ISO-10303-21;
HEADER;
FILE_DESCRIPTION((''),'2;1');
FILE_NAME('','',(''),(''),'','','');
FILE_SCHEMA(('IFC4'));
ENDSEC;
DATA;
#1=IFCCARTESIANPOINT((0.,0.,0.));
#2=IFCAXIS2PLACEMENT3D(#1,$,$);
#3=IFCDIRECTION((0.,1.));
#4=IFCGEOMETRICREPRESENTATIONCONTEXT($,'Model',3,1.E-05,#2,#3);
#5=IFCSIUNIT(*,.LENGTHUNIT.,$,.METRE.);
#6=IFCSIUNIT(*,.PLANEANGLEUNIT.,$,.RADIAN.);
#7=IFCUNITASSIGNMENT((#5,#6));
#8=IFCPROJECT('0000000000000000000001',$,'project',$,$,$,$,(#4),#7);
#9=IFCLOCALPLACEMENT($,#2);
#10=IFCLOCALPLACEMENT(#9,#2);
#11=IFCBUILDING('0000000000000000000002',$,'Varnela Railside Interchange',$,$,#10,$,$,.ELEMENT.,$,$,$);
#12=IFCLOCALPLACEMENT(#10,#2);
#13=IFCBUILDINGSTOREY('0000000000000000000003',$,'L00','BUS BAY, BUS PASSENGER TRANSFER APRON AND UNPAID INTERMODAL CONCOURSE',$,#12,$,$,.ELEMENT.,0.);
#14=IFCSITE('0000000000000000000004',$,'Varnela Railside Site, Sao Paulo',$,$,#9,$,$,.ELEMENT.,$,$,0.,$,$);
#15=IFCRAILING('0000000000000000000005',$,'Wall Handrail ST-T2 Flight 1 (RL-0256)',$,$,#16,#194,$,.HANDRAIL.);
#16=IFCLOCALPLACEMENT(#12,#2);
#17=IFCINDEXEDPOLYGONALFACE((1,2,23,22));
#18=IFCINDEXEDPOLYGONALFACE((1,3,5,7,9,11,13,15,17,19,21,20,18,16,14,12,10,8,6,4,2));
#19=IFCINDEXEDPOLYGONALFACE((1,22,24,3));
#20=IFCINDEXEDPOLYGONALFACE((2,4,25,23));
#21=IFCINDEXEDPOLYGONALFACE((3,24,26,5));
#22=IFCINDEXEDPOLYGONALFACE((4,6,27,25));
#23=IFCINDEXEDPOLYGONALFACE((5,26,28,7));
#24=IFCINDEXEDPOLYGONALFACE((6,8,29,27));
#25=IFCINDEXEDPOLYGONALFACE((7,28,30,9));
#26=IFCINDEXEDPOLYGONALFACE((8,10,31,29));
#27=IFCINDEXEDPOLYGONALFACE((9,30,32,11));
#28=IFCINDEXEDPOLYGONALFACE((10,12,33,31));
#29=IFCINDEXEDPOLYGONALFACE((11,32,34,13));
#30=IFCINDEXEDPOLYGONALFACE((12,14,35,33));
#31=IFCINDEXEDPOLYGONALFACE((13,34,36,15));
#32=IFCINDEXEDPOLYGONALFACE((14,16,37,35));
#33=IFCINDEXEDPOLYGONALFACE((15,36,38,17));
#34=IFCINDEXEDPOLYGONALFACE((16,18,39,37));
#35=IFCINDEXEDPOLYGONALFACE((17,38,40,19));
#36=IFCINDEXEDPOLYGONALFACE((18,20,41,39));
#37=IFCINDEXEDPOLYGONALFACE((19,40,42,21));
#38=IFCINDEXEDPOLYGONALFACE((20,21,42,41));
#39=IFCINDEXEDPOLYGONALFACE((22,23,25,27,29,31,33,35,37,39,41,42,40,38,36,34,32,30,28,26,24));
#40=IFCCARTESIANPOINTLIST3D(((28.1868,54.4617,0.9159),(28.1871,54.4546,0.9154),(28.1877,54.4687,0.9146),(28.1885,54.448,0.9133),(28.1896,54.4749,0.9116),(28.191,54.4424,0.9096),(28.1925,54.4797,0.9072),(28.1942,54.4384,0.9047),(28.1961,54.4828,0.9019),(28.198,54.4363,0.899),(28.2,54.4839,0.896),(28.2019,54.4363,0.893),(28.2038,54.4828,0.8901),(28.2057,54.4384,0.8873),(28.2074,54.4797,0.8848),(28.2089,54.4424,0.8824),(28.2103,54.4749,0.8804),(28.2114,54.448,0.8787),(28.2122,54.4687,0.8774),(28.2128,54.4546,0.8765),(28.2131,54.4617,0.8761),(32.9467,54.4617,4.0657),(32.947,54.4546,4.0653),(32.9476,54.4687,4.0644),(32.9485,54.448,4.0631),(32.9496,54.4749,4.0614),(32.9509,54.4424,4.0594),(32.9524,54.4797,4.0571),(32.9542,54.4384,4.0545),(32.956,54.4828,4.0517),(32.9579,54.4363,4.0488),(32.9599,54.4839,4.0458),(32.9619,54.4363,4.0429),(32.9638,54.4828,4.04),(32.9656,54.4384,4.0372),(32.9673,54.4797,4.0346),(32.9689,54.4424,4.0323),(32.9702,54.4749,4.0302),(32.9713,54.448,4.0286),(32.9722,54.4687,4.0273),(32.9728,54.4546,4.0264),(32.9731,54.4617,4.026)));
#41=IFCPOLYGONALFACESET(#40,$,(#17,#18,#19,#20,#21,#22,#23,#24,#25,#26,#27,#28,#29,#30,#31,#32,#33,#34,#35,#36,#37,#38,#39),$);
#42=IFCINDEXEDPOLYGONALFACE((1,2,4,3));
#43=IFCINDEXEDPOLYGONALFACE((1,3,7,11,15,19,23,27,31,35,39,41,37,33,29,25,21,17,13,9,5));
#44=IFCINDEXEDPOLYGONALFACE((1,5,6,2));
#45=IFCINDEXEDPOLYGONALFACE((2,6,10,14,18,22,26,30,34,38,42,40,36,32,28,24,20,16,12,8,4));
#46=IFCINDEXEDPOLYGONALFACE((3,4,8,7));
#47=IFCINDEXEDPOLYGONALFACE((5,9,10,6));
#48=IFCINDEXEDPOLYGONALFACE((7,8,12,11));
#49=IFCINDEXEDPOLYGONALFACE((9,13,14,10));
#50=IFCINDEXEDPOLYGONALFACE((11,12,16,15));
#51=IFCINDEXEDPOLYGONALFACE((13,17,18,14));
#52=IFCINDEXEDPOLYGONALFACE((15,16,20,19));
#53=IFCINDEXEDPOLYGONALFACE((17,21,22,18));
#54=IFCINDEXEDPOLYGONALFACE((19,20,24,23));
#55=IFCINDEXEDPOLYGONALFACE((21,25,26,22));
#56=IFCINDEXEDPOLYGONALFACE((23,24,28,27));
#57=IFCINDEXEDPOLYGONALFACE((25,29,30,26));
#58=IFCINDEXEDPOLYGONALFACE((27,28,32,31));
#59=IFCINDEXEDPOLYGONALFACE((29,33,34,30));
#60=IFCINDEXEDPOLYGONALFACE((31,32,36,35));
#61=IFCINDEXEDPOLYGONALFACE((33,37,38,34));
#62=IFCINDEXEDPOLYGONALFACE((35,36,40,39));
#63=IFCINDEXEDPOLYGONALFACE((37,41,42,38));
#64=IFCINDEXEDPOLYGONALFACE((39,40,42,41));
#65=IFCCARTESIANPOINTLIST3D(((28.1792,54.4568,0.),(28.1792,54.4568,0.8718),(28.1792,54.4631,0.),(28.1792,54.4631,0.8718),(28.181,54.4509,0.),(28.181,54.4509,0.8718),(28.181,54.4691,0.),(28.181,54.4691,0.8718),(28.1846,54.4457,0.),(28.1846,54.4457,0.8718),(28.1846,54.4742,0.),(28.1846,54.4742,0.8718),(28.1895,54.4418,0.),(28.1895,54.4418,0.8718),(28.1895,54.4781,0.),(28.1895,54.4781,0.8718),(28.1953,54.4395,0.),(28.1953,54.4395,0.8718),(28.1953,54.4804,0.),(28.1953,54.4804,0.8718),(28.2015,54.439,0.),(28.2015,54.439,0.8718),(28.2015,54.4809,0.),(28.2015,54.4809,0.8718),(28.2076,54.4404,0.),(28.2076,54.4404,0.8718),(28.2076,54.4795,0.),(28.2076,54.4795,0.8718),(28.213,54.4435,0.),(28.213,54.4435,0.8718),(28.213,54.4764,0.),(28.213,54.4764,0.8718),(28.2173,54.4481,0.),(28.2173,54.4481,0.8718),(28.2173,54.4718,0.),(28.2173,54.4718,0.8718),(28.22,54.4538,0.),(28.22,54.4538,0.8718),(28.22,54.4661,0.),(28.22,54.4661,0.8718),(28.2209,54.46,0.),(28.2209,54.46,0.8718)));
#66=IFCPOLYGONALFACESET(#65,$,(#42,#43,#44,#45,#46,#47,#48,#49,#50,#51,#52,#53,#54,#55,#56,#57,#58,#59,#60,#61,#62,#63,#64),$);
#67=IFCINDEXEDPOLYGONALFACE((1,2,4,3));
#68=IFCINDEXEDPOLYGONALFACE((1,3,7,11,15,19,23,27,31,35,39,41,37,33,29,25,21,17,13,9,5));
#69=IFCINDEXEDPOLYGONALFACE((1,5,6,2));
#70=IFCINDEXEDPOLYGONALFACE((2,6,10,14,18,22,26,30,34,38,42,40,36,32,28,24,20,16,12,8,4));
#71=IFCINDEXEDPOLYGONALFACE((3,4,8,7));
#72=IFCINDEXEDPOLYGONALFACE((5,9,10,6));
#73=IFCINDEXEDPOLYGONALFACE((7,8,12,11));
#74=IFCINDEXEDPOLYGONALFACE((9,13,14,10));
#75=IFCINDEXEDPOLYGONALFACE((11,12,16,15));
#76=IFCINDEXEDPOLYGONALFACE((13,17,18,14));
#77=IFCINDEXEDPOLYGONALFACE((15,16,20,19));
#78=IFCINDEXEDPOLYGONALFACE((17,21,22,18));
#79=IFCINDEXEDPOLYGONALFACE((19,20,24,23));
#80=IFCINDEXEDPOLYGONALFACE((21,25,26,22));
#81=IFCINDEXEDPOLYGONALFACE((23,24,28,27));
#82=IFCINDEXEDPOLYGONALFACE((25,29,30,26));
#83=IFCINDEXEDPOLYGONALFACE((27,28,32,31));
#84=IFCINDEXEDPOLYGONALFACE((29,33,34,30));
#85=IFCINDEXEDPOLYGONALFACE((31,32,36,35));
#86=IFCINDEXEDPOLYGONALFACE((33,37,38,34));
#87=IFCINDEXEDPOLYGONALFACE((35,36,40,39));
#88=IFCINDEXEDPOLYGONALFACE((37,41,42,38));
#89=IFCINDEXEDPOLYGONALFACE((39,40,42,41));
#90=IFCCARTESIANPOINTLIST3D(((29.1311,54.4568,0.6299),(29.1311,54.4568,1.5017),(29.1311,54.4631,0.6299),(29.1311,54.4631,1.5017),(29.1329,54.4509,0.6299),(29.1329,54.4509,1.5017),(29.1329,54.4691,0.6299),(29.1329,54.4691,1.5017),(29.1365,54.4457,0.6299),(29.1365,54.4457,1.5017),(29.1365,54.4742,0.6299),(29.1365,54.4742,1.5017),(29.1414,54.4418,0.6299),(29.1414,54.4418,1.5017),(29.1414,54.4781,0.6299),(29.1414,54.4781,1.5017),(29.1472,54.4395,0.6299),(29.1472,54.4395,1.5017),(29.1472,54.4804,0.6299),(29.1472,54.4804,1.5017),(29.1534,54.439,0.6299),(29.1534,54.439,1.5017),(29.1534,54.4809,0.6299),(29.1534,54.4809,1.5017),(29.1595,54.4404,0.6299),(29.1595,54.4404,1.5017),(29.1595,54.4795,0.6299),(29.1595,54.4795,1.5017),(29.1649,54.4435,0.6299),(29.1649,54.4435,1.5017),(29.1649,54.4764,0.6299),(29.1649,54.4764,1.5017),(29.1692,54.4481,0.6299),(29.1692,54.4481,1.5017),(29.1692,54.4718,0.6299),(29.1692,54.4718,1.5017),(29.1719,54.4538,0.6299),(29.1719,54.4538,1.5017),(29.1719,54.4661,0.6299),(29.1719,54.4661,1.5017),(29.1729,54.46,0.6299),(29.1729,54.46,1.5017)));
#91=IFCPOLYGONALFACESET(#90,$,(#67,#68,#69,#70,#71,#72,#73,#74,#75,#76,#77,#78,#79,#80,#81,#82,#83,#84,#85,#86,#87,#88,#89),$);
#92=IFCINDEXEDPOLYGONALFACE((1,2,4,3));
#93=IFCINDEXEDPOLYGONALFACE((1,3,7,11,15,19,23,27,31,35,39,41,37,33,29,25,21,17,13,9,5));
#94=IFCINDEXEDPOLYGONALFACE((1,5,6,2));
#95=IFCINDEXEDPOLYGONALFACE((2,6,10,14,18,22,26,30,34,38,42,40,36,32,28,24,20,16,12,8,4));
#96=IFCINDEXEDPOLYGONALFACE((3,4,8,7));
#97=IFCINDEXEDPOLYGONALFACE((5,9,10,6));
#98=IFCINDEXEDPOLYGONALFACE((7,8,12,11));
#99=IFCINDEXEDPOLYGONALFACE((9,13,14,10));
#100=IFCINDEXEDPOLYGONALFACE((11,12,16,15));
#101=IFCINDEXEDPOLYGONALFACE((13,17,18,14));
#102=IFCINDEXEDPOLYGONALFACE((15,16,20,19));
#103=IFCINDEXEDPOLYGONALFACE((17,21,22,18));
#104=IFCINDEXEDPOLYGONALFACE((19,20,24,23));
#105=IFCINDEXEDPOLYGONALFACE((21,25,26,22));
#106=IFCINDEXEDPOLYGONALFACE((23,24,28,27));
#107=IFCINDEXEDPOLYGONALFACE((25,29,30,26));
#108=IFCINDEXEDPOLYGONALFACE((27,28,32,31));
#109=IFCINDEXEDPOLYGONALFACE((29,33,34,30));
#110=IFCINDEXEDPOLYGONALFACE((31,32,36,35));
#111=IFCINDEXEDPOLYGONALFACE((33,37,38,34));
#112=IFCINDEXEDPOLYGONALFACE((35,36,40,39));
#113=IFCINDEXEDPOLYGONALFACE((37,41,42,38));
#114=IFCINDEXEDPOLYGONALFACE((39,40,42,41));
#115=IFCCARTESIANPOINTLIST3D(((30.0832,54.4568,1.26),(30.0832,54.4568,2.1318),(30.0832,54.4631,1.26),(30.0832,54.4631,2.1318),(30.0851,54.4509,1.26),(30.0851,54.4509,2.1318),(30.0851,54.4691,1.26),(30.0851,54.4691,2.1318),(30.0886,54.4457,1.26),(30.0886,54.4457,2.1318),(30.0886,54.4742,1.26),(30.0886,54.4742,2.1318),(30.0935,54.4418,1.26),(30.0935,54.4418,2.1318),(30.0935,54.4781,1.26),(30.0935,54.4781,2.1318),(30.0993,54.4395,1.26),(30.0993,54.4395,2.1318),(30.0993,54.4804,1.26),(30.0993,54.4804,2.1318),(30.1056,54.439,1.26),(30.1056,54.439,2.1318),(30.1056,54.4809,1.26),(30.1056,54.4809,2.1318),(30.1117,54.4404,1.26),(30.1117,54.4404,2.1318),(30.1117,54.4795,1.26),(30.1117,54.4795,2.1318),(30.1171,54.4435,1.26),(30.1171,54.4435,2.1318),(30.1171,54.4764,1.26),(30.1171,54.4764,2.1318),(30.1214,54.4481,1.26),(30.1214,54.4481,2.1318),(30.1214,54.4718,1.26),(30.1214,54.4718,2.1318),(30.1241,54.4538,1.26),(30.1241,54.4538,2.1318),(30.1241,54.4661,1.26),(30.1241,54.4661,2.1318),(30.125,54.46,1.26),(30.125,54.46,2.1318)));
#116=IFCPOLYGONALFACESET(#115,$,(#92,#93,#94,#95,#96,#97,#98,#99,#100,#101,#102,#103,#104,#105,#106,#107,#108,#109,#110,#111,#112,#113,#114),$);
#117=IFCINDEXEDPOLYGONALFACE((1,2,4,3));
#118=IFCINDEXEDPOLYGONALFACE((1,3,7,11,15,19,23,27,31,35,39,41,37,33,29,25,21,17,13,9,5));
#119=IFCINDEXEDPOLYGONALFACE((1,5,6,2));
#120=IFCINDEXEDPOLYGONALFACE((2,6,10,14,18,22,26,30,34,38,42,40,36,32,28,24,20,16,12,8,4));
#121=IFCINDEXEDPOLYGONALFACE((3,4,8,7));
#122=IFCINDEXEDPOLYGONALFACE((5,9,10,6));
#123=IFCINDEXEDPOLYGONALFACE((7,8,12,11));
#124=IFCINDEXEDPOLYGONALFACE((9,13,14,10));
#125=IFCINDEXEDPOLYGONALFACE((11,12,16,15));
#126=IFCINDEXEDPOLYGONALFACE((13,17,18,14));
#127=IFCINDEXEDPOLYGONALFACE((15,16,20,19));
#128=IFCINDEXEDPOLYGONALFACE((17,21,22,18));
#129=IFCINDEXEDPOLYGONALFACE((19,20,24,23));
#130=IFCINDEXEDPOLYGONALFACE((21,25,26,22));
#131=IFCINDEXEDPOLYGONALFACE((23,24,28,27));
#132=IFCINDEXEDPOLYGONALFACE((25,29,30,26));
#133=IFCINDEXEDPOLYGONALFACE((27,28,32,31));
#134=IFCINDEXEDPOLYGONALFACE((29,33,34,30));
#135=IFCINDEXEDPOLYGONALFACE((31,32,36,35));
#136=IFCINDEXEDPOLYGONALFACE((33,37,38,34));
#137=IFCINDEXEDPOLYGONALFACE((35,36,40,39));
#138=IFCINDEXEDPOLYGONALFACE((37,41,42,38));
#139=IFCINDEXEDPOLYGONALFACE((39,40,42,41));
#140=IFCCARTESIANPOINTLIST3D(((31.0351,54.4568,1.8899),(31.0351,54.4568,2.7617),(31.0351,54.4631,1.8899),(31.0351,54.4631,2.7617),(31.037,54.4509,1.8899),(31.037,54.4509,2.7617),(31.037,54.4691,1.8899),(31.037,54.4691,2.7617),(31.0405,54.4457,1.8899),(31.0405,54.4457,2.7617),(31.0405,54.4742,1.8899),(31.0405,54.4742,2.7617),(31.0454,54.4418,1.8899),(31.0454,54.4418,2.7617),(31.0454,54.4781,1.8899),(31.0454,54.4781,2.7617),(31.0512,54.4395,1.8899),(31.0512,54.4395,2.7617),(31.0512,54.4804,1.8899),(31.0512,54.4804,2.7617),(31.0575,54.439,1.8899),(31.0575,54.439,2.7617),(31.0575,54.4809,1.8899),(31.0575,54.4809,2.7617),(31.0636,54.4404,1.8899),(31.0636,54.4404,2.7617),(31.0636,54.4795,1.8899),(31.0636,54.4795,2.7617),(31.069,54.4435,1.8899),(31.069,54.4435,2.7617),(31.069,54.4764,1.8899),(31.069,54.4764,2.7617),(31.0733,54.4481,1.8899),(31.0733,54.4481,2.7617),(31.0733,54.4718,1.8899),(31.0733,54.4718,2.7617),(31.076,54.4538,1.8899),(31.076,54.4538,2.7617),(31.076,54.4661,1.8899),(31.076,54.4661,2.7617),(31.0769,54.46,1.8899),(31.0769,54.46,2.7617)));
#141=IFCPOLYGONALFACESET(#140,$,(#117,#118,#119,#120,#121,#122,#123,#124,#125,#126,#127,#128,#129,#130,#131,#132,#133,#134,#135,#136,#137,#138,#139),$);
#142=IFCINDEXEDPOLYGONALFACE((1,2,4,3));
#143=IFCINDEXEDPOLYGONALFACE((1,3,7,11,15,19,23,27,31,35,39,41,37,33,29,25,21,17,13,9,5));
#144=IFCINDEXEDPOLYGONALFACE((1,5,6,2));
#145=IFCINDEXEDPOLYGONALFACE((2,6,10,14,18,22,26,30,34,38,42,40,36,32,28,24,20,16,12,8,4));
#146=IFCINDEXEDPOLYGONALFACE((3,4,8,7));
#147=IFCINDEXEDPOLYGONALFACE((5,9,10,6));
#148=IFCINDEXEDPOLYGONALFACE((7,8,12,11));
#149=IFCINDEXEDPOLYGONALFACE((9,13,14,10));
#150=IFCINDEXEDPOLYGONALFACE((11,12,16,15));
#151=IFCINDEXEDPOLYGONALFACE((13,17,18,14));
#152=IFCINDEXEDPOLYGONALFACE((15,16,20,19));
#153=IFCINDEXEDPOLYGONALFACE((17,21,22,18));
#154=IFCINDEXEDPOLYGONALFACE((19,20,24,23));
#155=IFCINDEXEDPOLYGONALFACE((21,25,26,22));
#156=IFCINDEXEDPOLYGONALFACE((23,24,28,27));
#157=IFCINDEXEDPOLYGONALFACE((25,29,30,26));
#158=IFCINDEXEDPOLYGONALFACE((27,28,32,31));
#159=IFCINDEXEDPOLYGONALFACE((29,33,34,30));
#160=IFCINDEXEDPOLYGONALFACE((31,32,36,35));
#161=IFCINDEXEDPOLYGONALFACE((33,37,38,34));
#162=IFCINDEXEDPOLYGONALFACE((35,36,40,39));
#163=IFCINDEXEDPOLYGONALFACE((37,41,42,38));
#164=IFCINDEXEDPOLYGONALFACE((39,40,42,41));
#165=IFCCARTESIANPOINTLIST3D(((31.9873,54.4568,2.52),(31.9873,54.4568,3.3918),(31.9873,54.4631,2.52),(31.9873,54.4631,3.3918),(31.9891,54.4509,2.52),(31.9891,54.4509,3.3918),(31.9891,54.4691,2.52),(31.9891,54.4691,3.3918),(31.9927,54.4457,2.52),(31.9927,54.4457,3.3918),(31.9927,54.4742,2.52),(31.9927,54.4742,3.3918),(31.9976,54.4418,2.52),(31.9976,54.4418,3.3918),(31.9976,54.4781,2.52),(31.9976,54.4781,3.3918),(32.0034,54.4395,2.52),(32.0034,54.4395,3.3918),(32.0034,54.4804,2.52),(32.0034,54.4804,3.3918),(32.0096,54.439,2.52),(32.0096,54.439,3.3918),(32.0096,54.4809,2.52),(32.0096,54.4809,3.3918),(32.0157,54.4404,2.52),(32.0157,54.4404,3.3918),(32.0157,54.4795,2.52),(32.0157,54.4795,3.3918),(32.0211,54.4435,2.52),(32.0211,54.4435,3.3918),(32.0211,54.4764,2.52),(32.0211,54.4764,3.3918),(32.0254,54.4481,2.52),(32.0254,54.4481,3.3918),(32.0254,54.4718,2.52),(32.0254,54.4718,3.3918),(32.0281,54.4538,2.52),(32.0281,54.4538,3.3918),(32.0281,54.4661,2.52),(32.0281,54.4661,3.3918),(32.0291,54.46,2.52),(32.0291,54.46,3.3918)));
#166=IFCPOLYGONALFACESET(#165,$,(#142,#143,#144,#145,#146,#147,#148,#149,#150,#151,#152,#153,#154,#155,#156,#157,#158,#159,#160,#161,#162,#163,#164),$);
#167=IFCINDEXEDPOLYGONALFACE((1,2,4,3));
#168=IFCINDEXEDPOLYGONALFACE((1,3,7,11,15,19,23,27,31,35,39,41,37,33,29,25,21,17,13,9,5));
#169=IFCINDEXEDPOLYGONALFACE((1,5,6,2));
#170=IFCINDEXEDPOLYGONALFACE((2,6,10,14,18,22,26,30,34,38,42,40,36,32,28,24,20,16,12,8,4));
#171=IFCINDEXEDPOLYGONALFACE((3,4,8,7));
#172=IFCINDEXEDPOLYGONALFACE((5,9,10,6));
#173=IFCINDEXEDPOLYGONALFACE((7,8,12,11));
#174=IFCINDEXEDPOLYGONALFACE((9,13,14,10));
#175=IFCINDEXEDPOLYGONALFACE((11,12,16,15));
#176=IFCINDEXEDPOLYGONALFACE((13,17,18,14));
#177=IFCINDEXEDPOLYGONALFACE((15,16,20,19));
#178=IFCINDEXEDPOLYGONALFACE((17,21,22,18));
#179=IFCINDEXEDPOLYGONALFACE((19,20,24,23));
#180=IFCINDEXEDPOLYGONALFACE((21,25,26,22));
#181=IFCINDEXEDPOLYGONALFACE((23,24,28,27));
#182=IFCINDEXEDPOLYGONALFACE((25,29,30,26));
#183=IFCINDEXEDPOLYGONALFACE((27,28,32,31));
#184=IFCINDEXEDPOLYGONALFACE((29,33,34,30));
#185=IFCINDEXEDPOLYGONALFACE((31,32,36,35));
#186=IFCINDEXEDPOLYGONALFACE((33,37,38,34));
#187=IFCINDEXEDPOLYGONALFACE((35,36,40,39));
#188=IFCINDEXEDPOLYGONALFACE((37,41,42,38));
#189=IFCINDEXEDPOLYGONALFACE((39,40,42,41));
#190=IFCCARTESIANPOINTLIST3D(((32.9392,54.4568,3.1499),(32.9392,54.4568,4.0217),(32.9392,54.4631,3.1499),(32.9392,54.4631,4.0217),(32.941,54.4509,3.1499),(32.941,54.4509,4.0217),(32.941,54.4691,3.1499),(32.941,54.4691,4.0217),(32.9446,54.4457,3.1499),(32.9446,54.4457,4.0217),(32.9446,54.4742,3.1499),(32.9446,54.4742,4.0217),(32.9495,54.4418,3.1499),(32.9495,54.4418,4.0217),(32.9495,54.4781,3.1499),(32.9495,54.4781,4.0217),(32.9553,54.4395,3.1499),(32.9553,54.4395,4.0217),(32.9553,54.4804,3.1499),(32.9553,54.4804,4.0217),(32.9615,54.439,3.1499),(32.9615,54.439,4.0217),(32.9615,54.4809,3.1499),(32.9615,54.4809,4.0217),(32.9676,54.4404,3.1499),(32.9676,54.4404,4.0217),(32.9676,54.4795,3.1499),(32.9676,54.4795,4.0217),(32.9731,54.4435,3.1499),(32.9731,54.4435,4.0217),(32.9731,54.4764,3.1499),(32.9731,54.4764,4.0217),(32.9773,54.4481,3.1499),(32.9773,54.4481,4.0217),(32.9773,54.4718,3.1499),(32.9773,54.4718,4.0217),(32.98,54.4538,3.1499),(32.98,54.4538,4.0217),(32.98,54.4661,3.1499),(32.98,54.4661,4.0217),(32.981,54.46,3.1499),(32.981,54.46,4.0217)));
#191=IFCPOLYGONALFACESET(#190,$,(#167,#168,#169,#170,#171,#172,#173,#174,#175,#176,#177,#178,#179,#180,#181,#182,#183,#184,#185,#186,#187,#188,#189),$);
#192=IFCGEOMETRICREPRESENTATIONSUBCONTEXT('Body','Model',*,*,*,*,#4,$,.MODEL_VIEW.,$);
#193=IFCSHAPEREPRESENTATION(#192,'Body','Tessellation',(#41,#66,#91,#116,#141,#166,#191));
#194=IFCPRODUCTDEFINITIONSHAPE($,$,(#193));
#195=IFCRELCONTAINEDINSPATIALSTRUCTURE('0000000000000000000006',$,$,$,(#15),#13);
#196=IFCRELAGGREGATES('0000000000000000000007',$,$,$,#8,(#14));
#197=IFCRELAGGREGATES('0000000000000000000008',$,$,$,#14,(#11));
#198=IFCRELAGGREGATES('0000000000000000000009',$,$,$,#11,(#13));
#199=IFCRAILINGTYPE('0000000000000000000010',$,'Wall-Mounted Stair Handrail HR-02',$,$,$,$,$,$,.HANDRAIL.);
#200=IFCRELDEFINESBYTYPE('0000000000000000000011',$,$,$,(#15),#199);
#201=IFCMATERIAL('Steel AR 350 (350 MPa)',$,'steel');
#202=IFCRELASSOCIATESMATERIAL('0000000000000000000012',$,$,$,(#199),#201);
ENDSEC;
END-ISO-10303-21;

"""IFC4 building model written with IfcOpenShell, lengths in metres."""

from ifc_helpers import new_model, si_unit, direction, frame, origin, origin_2d, place, context, subcontext, project, spatial, circle, extrude, material, type_object, element, save


model = new_model("IFC4")

# Units and contexts
model_context = context("Model", 3, precision=1e-05, world=origin(), true_north=direction((0.0, 1.0)))
body_context = subcontext(model_context, "Body", "Model", "MODEL_VIEW")
ifc_project = project(units=[si_unit("LENGTHUNIT", "METRE"), si_unit("PLANEANGLEUNIT", "RADIAN")], contexts=[model_context])

# Site, building, storey
site_placement = place(None, origin())
site = spatial("IfcSite", under=ifc_project, at=site_placement, Name="Varnela Railside Site, Sao Paulo", CompositionType="ELEMENT", RefElevation=0.0)
building_placement = place(site_placement, origin())
building = spatial("IfcBuilding", under=site, at=building_placement, Name="Varnela Railside Interchange", CompositionType="ELEMENT")
storey_placement = place(building_placement, origin())
storey = spatial("IfcBuildingStorey", under=building, at=storey_placement, Name="L00", Description="BUS BAY, BUS PASSENGER TRANSFER APRON AND UNPAID INTERMODAL CONCOURSE", CompositionType="ELEMENT", Elevation=0.0)

# Shared definitions
ifc_material_1 = material(Name="Steel AR 350 (350 MPa)", Category="steel")

# Railing
railing_type_1 = type_object("IfcRailingType", Name="Wall-Mounted Stair Handrail HR-02", PredefinedType="HANDRAIL", material=ifc_material_1)
railing_1_placement = place(storey_placement, frame((28.2, 54.46, 0.0)))
element("IfcRailing", 1, at=railing_1_placement, inside=storey, type_object=railing_type_1, Name="Wall Handrail ST-T2 Flight 1 (RL-0256)", PredefinedType="HANDRAIL", context=body_context, shape_type="SweptSolid", body=[
    extrude(circle(Radius=0.0239, at=origin_2d()), frame((0.0, 0.0, 0.896), z_axis=(0.833941, 0.0, 0.551854), x_axis=(0.0, 1.0, 0.0)), (0.0, 0.0, 1.0), 5.7078),
    extrude(circle(Radius=0.021, at=origin_2d()), origin(), (0.0, 0.0, 1.0), 0.8718),
    extrude(circle(Radius=0.021, at=origin_2d()), frame((0.9519, 0.0, 0.6299)), (0.0, 0.0, 1.0), 0.8718),
    extrude(circle(Radius=0.021, at=origin_2d()), frame((1.9041, 0.0, 1.26)), (0.0, 0.0, 1.0), 0.8718),
    extrude(circle(Radius=0.021, at=origin_2d()), frame((2.856, 0.0, 1.8899)), (0.0, 0.0, 1.0), 0.8718),
    extrude(circle(Radius=0.021, at=origin_2d()), frame((3.8081, 0.0, 2.52)), (0.0, 0.0, 1.0), 0.8718),
    extrude(circle(Radius=0.021, at=origin_2d()), frame((4.76, 0.0, 3.1499)), (0.0, 0.0, 1.0), 0.8718),
])

save(model, "model.ifc")
